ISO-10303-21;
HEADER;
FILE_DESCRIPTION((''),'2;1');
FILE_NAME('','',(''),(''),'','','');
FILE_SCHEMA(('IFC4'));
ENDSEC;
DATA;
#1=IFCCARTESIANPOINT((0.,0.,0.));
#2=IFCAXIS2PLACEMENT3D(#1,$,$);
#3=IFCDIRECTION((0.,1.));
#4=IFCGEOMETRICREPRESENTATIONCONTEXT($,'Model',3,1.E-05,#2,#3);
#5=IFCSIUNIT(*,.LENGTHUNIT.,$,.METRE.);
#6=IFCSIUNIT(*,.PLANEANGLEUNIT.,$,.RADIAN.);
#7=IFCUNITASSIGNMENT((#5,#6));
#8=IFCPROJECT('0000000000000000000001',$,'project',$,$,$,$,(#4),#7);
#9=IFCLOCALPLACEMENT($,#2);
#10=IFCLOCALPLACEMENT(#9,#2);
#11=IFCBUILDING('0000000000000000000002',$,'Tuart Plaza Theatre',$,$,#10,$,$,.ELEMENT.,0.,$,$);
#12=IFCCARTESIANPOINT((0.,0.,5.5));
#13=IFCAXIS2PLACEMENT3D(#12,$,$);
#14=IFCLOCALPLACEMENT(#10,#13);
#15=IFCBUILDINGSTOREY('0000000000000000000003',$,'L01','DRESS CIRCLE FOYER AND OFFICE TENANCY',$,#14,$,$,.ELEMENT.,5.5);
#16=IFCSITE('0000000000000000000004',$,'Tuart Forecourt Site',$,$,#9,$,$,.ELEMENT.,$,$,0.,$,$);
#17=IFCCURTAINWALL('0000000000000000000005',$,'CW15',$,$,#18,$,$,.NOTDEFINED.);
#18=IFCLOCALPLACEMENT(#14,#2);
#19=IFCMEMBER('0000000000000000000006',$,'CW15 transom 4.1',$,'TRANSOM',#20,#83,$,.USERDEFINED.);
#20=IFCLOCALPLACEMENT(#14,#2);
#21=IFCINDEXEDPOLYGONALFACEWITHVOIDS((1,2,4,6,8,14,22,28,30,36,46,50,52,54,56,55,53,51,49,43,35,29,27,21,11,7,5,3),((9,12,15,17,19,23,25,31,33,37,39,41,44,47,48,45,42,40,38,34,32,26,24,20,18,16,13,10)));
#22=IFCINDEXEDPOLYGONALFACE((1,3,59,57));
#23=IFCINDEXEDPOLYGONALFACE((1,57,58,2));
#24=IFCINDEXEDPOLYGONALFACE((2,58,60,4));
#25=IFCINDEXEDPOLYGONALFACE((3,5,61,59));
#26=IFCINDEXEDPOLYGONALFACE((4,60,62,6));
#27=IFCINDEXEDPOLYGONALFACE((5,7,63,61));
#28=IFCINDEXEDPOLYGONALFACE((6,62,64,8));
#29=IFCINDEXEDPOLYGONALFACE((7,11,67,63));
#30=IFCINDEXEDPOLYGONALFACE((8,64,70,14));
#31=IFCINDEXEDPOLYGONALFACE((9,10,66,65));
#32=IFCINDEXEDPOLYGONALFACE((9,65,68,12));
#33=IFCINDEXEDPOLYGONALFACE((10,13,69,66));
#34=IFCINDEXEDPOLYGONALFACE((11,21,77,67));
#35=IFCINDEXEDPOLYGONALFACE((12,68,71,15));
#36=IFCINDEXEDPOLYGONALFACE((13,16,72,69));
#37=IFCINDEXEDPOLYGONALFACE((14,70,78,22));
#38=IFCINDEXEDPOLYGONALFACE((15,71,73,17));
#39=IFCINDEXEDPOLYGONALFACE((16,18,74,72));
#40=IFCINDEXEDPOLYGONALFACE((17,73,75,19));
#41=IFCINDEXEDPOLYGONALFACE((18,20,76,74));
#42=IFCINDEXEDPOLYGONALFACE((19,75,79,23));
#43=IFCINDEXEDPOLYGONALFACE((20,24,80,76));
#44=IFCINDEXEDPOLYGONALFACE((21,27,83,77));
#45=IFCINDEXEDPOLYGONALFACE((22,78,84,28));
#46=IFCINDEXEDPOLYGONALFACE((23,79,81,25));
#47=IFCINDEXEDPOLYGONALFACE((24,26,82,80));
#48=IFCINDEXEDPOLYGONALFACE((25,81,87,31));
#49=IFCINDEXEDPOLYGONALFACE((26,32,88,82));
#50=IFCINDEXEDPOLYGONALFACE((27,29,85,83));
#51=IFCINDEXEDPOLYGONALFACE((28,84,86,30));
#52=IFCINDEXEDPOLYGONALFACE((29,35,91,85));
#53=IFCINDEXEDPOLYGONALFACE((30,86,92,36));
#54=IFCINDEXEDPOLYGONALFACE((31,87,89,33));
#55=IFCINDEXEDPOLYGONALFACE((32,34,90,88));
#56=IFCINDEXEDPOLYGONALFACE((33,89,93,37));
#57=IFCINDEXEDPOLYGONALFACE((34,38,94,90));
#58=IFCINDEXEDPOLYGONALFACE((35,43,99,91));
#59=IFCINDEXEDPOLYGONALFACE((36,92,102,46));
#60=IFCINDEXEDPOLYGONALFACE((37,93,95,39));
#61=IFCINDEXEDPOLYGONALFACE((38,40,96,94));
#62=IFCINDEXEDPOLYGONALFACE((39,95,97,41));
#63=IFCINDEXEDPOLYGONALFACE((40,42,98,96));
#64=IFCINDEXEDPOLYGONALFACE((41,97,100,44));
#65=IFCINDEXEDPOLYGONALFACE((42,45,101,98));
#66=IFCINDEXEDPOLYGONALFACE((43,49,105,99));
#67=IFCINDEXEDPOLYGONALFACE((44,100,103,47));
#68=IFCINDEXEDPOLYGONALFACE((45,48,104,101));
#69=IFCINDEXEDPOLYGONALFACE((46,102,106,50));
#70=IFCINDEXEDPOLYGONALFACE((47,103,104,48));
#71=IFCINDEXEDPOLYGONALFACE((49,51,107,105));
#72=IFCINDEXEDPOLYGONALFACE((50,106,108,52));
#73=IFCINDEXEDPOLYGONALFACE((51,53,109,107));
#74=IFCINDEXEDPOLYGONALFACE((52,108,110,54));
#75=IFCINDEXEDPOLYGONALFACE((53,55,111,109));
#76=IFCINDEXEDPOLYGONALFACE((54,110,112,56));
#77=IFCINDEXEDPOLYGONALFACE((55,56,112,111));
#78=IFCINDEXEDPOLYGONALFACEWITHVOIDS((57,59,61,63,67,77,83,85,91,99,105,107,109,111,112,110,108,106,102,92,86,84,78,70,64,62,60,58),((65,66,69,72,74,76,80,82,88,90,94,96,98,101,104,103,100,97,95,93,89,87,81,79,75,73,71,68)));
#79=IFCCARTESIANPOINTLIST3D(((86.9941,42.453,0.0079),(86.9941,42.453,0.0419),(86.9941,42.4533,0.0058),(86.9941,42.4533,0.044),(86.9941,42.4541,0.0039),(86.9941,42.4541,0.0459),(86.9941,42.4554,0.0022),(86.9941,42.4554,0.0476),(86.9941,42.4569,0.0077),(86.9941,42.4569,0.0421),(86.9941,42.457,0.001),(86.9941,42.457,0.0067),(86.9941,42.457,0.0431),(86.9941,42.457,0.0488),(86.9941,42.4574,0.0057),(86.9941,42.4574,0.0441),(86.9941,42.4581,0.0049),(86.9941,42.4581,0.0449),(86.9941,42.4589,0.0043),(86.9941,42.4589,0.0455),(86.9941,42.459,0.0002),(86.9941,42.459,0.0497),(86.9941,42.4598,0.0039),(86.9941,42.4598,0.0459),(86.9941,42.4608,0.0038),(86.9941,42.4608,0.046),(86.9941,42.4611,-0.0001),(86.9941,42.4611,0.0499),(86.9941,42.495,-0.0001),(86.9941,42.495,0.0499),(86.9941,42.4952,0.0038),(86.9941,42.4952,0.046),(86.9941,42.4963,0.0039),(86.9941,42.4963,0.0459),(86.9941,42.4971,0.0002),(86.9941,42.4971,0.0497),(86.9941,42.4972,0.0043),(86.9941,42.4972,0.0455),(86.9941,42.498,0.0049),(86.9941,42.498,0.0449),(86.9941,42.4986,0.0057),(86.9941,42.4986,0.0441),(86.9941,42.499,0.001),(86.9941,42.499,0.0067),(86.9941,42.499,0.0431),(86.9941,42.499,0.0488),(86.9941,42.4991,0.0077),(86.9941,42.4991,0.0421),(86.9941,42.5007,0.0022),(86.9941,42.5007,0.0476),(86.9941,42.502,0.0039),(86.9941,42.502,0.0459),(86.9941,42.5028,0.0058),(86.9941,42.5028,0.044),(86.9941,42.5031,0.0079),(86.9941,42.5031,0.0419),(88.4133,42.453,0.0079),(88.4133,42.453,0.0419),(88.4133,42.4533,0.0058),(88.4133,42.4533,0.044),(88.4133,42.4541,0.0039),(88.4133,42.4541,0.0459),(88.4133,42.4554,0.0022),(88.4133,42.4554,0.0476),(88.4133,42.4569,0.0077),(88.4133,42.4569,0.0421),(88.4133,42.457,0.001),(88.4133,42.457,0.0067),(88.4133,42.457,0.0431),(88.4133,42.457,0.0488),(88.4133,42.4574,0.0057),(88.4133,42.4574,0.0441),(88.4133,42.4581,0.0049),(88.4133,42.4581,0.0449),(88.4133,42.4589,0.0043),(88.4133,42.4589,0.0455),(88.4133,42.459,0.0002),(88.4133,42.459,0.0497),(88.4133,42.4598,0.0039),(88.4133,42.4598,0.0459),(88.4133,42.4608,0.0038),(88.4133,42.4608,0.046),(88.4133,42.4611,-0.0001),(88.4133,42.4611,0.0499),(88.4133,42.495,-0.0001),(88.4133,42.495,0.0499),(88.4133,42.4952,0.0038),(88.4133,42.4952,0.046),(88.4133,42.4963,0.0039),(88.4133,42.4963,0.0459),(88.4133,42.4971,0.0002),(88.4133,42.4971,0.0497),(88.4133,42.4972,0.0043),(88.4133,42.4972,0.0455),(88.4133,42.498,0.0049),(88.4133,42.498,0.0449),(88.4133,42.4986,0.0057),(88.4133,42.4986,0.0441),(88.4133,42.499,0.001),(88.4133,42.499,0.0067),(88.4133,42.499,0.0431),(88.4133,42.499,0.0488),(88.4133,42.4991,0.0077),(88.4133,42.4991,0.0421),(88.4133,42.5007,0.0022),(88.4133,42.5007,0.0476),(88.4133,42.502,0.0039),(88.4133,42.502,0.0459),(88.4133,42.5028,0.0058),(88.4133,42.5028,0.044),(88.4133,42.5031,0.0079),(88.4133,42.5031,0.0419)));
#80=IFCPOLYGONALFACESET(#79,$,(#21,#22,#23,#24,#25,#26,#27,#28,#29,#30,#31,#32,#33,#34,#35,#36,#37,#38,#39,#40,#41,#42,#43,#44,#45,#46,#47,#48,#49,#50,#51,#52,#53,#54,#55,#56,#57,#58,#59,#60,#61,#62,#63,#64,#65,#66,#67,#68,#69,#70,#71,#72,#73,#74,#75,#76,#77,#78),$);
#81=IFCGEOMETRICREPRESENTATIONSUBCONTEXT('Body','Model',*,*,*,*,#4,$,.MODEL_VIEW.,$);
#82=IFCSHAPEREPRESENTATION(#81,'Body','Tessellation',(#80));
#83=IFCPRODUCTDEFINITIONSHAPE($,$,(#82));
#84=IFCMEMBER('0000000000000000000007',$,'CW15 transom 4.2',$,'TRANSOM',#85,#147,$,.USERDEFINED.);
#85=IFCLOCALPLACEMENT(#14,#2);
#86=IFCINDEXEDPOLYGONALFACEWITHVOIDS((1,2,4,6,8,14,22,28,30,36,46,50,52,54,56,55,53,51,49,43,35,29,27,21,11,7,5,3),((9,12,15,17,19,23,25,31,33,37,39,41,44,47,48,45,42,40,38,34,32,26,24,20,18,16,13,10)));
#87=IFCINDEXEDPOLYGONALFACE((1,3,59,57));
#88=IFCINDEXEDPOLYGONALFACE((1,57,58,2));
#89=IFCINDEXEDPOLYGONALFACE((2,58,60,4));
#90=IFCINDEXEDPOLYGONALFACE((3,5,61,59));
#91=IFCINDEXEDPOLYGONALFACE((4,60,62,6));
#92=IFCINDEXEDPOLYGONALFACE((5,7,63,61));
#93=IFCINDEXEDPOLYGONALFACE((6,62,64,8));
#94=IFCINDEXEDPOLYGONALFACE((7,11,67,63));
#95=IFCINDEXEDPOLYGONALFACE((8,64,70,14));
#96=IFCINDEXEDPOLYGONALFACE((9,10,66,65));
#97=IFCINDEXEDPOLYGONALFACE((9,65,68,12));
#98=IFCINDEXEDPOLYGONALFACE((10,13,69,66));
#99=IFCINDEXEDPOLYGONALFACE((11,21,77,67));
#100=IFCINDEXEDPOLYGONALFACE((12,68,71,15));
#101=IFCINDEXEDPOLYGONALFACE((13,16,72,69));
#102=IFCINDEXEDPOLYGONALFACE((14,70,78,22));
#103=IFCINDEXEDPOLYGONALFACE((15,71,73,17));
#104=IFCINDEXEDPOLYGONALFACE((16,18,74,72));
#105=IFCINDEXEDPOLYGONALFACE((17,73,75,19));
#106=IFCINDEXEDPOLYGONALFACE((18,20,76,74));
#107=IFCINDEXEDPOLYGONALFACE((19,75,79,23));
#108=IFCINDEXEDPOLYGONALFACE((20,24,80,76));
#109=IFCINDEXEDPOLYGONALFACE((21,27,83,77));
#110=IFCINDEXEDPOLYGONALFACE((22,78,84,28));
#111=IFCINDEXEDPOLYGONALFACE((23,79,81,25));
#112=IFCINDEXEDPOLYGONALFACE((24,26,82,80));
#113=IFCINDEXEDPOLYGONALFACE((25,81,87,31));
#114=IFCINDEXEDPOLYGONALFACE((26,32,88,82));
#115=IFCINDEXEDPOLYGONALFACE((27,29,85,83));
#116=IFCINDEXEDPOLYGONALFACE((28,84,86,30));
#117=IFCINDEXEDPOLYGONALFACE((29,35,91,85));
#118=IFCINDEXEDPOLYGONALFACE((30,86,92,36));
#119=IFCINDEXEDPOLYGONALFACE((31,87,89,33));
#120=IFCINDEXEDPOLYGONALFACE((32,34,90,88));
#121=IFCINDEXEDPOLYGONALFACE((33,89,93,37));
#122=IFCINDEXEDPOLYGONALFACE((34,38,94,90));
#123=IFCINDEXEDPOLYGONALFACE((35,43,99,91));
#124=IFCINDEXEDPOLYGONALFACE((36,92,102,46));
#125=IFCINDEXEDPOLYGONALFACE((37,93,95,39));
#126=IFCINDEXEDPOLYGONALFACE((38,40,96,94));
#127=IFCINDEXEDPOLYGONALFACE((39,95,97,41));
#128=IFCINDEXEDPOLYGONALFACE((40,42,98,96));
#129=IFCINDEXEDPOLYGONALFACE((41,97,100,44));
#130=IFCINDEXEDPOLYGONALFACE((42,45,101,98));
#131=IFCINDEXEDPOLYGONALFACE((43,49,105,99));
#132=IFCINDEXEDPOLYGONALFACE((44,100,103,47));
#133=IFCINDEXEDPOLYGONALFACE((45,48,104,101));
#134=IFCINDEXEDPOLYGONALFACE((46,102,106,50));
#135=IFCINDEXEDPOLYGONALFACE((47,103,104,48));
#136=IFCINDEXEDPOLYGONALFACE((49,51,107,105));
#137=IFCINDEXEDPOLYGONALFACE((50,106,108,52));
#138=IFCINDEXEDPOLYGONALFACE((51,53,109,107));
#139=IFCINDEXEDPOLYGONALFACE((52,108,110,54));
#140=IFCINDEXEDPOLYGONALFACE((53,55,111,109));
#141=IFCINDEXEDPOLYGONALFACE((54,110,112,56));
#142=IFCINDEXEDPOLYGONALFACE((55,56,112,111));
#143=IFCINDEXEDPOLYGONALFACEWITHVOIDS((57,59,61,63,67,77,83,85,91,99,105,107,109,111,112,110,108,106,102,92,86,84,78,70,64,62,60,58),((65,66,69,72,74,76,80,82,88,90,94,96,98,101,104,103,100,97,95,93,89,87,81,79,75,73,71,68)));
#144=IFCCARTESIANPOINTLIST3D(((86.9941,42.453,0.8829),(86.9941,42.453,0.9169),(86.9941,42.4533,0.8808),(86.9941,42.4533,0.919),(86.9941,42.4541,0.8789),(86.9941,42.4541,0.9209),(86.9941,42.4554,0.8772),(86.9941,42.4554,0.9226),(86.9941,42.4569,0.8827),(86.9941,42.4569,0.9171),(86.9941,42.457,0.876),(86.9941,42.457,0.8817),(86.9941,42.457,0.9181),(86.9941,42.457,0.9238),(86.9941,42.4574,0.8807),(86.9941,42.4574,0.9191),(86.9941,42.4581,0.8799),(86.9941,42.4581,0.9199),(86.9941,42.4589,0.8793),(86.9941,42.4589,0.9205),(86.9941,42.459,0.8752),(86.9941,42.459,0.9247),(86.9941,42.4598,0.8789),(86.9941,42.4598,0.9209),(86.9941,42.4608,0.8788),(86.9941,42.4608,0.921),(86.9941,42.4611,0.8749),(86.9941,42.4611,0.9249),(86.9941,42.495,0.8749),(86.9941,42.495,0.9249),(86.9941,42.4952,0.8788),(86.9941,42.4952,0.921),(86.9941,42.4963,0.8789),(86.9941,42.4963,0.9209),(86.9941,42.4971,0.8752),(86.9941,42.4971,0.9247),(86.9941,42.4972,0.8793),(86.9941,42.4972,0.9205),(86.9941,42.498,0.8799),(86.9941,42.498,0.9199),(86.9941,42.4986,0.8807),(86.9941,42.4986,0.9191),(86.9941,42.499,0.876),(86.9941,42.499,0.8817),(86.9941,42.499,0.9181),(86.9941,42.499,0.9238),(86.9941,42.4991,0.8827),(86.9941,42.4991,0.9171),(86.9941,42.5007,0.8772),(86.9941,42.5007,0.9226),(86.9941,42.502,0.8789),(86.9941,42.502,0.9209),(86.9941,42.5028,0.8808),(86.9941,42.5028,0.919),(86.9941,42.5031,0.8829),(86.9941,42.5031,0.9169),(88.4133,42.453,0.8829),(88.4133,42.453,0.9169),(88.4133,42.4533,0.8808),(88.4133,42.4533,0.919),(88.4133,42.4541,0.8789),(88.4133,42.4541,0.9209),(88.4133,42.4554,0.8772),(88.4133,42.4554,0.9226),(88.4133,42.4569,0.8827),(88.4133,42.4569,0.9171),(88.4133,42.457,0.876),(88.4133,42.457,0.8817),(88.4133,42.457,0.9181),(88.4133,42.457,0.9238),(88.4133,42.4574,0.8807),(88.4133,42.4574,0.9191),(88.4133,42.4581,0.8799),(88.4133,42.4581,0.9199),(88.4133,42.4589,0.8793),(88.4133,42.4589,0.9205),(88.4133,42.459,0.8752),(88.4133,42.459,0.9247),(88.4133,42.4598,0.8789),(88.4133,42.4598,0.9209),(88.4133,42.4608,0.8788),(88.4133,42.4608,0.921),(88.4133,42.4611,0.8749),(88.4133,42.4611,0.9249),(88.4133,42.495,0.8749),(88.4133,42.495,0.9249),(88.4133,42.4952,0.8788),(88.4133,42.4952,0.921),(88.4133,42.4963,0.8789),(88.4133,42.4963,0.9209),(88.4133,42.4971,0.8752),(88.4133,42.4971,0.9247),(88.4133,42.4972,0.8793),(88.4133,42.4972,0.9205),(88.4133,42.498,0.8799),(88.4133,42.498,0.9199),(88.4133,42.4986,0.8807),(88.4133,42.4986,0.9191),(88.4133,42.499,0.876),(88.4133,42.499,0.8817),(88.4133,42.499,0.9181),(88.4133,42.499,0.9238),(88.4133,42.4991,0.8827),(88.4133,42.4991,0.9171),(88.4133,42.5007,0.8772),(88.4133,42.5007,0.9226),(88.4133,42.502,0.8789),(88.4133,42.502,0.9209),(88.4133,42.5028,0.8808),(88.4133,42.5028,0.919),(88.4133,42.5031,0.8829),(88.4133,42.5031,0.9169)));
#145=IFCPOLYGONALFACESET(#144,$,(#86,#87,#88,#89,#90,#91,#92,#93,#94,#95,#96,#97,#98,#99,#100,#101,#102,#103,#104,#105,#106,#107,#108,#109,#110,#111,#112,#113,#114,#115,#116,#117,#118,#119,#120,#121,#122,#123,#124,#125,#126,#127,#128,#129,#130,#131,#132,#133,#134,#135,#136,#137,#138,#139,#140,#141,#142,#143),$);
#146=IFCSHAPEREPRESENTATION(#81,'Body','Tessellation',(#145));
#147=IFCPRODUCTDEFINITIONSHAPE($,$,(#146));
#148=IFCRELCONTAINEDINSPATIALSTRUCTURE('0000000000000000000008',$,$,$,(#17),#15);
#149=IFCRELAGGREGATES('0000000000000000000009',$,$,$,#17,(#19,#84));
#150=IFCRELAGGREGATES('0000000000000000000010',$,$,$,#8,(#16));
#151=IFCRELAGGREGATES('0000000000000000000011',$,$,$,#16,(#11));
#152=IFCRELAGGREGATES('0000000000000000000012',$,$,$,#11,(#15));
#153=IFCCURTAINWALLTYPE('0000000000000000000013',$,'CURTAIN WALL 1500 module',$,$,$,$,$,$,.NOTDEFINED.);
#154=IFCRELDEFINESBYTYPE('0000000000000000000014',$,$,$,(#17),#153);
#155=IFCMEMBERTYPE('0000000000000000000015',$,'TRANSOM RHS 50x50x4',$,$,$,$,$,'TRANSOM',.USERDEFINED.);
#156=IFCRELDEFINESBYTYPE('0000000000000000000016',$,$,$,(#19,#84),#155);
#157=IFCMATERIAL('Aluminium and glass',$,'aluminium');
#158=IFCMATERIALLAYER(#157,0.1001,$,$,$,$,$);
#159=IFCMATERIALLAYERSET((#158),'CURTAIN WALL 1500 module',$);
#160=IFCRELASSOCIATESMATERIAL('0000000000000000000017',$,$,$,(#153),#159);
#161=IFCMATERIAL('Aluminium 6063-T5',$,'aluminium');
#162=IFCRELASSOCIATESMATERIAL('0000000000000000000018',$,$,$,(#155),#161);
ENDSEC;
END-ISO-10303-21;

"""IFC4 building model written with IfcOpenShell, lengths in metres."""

from ifc_helpers import new_model, si_unit, direction, frame, origin, origin_2d, place, context, subcontext, project, spatial, hollow_rectangle, extrude, material, layer, layer_set, material_profile, profile_set, type_object, element, aggregate, save


model = new_model("IFC4")

# Units and contexts
model_context = context("Model", 3, precision=1e-05, world=origin(), true_north=direction((0.0, 1.0)))
body_context = subcontext(model_context, "Body", "Model", "MODEL_VIEW")
ifc_project = project(units=[si_unit("LENGTHUNIT", "METRE"), si_unit("PLANEANGLEUNIT", "RADIAN")], contexts=[model_context])

# Site, building, storey
site_placement = place(None, origin())
site = spatial("IfcSite", under=ifc_project, at=site_placement, Name="Tuart Forecourt Site", CompositionType="ELEMENT", RefElevation=0.0)
building_placement = place(site_placement, origin())
building = spatial("IfcBuilding", under=site, at=building_placement, Name="Tuart Plaza Theatre", CompositionType="ELEMENT", ElevationOfRefHeight=0.0)
storey_placement = place(building_placement, frame((0.0, 0.0, 5.5)))
storey = spatial("IfcBuildingStorey", under=building, at=storey_placement, Name="L01", Description="DRESS CIRCLE FOYER AND OFFICE TENANCY", CompositionType="ELEMENT", Elevation=5.5)

# Curtain wall
ifc_material_1 = material(Name="Aluminium and glass", Category="aluminium")
ifc_layer_1 = layer(ifc_material_1, 0.1001)
ifc_layer_set_1 = layer_set([ifc_layer_1], Name="CURTAIN WALL 1500 module")
curtain_wall_type = type_object("IfcCurtainWallType", Name="CURTAIN WALL 1500 module", PredefinedType="NOTDEFINED", material=ifc_layer_set_1)
curtain_wall_1_placement = place(storey_placement, origin())
curtain_wall_1 = element("IfcCurtainWall", 1, at=curtain_wall_1_placement, inside=storey, type_object=curtain_wall_type, Name="CW15", PredefinedType="NOTDEFINED")

# Members
ifc_material_2 = material(Name="Aluminium 6063-T5", Category="aluminium")
ifc_material_profile_1 = material_profile(ifc_material_2, hollow_rectangle(XDim=0.05, YDim=0.05, WallThickness=0.0039, InnerFilletRadius=0.0039, OuterFilletRadius=0.0081, at=origin_2d()), Name="RHS 50x50x4")
ifc_profile_set_1 = profile_set([ifc_material_profile_1], Name="Aluminium 6063-T5")
member_type_1 = type_object("IfcMemberType", Name="TRANSOM RHS 50x50x4", ElementType="TRANSOM", PredefinedType="USERDEFINED", material=ifc_profile_set_1)
member_1_placement = place(storey_placement, frame((86.9941, 42.478, 0.0249), z_axis=(1.0, 0.0, 0.0), x_axis=(0.0, 1.0, 0.0)))
member_1 = element("IfcMember", 2, at=member_1_placement, type_object=member_type_1, Name="CW15 transom 4.1", ObjectType="TRANSOM", PredefinedType="USERDEFINED", context=body_context, shape_type="SweptSolid", body=[
    extrude(hollow_rectangle(XDim=0.05, YDim=0.05, WallThickness=0.0039, InnerFilletRadius=0.0039, OuterFilletRadius=0.0081, at=origin_2d()), origin(), (0.0, 0.0, 1.0), 1.4192),
])
member_2_placement = place(storey_placement, frame((86.9941, 42.478, 0.8999), z_axis=(1.0, 0.0, 0.0), x_axis=(0.0, 1.0, 0.0)))
member_2 = element("IfcMember", 3, at=member_2_placement, type_object=member_type_1, Name="CW15 transom 4.2", ObjectType="TRANSOM", PredefinedType="USERDEFINED", context=body_context, shape_type="SweptSolid", body=[
    extrude(hollow_rectangle(XDim=0.05, YDim=0.05, WallThickness=0.0039, InnerFilletRadius=0.0039, OuterFilletRadius=0.0081, at=origin_2d()), origin(), (0.0, 0.0, 1.0), 1.4192),
])

aggregate(curtain_wall_1, [member_1, member_2])

save(model, "model.ifc")
